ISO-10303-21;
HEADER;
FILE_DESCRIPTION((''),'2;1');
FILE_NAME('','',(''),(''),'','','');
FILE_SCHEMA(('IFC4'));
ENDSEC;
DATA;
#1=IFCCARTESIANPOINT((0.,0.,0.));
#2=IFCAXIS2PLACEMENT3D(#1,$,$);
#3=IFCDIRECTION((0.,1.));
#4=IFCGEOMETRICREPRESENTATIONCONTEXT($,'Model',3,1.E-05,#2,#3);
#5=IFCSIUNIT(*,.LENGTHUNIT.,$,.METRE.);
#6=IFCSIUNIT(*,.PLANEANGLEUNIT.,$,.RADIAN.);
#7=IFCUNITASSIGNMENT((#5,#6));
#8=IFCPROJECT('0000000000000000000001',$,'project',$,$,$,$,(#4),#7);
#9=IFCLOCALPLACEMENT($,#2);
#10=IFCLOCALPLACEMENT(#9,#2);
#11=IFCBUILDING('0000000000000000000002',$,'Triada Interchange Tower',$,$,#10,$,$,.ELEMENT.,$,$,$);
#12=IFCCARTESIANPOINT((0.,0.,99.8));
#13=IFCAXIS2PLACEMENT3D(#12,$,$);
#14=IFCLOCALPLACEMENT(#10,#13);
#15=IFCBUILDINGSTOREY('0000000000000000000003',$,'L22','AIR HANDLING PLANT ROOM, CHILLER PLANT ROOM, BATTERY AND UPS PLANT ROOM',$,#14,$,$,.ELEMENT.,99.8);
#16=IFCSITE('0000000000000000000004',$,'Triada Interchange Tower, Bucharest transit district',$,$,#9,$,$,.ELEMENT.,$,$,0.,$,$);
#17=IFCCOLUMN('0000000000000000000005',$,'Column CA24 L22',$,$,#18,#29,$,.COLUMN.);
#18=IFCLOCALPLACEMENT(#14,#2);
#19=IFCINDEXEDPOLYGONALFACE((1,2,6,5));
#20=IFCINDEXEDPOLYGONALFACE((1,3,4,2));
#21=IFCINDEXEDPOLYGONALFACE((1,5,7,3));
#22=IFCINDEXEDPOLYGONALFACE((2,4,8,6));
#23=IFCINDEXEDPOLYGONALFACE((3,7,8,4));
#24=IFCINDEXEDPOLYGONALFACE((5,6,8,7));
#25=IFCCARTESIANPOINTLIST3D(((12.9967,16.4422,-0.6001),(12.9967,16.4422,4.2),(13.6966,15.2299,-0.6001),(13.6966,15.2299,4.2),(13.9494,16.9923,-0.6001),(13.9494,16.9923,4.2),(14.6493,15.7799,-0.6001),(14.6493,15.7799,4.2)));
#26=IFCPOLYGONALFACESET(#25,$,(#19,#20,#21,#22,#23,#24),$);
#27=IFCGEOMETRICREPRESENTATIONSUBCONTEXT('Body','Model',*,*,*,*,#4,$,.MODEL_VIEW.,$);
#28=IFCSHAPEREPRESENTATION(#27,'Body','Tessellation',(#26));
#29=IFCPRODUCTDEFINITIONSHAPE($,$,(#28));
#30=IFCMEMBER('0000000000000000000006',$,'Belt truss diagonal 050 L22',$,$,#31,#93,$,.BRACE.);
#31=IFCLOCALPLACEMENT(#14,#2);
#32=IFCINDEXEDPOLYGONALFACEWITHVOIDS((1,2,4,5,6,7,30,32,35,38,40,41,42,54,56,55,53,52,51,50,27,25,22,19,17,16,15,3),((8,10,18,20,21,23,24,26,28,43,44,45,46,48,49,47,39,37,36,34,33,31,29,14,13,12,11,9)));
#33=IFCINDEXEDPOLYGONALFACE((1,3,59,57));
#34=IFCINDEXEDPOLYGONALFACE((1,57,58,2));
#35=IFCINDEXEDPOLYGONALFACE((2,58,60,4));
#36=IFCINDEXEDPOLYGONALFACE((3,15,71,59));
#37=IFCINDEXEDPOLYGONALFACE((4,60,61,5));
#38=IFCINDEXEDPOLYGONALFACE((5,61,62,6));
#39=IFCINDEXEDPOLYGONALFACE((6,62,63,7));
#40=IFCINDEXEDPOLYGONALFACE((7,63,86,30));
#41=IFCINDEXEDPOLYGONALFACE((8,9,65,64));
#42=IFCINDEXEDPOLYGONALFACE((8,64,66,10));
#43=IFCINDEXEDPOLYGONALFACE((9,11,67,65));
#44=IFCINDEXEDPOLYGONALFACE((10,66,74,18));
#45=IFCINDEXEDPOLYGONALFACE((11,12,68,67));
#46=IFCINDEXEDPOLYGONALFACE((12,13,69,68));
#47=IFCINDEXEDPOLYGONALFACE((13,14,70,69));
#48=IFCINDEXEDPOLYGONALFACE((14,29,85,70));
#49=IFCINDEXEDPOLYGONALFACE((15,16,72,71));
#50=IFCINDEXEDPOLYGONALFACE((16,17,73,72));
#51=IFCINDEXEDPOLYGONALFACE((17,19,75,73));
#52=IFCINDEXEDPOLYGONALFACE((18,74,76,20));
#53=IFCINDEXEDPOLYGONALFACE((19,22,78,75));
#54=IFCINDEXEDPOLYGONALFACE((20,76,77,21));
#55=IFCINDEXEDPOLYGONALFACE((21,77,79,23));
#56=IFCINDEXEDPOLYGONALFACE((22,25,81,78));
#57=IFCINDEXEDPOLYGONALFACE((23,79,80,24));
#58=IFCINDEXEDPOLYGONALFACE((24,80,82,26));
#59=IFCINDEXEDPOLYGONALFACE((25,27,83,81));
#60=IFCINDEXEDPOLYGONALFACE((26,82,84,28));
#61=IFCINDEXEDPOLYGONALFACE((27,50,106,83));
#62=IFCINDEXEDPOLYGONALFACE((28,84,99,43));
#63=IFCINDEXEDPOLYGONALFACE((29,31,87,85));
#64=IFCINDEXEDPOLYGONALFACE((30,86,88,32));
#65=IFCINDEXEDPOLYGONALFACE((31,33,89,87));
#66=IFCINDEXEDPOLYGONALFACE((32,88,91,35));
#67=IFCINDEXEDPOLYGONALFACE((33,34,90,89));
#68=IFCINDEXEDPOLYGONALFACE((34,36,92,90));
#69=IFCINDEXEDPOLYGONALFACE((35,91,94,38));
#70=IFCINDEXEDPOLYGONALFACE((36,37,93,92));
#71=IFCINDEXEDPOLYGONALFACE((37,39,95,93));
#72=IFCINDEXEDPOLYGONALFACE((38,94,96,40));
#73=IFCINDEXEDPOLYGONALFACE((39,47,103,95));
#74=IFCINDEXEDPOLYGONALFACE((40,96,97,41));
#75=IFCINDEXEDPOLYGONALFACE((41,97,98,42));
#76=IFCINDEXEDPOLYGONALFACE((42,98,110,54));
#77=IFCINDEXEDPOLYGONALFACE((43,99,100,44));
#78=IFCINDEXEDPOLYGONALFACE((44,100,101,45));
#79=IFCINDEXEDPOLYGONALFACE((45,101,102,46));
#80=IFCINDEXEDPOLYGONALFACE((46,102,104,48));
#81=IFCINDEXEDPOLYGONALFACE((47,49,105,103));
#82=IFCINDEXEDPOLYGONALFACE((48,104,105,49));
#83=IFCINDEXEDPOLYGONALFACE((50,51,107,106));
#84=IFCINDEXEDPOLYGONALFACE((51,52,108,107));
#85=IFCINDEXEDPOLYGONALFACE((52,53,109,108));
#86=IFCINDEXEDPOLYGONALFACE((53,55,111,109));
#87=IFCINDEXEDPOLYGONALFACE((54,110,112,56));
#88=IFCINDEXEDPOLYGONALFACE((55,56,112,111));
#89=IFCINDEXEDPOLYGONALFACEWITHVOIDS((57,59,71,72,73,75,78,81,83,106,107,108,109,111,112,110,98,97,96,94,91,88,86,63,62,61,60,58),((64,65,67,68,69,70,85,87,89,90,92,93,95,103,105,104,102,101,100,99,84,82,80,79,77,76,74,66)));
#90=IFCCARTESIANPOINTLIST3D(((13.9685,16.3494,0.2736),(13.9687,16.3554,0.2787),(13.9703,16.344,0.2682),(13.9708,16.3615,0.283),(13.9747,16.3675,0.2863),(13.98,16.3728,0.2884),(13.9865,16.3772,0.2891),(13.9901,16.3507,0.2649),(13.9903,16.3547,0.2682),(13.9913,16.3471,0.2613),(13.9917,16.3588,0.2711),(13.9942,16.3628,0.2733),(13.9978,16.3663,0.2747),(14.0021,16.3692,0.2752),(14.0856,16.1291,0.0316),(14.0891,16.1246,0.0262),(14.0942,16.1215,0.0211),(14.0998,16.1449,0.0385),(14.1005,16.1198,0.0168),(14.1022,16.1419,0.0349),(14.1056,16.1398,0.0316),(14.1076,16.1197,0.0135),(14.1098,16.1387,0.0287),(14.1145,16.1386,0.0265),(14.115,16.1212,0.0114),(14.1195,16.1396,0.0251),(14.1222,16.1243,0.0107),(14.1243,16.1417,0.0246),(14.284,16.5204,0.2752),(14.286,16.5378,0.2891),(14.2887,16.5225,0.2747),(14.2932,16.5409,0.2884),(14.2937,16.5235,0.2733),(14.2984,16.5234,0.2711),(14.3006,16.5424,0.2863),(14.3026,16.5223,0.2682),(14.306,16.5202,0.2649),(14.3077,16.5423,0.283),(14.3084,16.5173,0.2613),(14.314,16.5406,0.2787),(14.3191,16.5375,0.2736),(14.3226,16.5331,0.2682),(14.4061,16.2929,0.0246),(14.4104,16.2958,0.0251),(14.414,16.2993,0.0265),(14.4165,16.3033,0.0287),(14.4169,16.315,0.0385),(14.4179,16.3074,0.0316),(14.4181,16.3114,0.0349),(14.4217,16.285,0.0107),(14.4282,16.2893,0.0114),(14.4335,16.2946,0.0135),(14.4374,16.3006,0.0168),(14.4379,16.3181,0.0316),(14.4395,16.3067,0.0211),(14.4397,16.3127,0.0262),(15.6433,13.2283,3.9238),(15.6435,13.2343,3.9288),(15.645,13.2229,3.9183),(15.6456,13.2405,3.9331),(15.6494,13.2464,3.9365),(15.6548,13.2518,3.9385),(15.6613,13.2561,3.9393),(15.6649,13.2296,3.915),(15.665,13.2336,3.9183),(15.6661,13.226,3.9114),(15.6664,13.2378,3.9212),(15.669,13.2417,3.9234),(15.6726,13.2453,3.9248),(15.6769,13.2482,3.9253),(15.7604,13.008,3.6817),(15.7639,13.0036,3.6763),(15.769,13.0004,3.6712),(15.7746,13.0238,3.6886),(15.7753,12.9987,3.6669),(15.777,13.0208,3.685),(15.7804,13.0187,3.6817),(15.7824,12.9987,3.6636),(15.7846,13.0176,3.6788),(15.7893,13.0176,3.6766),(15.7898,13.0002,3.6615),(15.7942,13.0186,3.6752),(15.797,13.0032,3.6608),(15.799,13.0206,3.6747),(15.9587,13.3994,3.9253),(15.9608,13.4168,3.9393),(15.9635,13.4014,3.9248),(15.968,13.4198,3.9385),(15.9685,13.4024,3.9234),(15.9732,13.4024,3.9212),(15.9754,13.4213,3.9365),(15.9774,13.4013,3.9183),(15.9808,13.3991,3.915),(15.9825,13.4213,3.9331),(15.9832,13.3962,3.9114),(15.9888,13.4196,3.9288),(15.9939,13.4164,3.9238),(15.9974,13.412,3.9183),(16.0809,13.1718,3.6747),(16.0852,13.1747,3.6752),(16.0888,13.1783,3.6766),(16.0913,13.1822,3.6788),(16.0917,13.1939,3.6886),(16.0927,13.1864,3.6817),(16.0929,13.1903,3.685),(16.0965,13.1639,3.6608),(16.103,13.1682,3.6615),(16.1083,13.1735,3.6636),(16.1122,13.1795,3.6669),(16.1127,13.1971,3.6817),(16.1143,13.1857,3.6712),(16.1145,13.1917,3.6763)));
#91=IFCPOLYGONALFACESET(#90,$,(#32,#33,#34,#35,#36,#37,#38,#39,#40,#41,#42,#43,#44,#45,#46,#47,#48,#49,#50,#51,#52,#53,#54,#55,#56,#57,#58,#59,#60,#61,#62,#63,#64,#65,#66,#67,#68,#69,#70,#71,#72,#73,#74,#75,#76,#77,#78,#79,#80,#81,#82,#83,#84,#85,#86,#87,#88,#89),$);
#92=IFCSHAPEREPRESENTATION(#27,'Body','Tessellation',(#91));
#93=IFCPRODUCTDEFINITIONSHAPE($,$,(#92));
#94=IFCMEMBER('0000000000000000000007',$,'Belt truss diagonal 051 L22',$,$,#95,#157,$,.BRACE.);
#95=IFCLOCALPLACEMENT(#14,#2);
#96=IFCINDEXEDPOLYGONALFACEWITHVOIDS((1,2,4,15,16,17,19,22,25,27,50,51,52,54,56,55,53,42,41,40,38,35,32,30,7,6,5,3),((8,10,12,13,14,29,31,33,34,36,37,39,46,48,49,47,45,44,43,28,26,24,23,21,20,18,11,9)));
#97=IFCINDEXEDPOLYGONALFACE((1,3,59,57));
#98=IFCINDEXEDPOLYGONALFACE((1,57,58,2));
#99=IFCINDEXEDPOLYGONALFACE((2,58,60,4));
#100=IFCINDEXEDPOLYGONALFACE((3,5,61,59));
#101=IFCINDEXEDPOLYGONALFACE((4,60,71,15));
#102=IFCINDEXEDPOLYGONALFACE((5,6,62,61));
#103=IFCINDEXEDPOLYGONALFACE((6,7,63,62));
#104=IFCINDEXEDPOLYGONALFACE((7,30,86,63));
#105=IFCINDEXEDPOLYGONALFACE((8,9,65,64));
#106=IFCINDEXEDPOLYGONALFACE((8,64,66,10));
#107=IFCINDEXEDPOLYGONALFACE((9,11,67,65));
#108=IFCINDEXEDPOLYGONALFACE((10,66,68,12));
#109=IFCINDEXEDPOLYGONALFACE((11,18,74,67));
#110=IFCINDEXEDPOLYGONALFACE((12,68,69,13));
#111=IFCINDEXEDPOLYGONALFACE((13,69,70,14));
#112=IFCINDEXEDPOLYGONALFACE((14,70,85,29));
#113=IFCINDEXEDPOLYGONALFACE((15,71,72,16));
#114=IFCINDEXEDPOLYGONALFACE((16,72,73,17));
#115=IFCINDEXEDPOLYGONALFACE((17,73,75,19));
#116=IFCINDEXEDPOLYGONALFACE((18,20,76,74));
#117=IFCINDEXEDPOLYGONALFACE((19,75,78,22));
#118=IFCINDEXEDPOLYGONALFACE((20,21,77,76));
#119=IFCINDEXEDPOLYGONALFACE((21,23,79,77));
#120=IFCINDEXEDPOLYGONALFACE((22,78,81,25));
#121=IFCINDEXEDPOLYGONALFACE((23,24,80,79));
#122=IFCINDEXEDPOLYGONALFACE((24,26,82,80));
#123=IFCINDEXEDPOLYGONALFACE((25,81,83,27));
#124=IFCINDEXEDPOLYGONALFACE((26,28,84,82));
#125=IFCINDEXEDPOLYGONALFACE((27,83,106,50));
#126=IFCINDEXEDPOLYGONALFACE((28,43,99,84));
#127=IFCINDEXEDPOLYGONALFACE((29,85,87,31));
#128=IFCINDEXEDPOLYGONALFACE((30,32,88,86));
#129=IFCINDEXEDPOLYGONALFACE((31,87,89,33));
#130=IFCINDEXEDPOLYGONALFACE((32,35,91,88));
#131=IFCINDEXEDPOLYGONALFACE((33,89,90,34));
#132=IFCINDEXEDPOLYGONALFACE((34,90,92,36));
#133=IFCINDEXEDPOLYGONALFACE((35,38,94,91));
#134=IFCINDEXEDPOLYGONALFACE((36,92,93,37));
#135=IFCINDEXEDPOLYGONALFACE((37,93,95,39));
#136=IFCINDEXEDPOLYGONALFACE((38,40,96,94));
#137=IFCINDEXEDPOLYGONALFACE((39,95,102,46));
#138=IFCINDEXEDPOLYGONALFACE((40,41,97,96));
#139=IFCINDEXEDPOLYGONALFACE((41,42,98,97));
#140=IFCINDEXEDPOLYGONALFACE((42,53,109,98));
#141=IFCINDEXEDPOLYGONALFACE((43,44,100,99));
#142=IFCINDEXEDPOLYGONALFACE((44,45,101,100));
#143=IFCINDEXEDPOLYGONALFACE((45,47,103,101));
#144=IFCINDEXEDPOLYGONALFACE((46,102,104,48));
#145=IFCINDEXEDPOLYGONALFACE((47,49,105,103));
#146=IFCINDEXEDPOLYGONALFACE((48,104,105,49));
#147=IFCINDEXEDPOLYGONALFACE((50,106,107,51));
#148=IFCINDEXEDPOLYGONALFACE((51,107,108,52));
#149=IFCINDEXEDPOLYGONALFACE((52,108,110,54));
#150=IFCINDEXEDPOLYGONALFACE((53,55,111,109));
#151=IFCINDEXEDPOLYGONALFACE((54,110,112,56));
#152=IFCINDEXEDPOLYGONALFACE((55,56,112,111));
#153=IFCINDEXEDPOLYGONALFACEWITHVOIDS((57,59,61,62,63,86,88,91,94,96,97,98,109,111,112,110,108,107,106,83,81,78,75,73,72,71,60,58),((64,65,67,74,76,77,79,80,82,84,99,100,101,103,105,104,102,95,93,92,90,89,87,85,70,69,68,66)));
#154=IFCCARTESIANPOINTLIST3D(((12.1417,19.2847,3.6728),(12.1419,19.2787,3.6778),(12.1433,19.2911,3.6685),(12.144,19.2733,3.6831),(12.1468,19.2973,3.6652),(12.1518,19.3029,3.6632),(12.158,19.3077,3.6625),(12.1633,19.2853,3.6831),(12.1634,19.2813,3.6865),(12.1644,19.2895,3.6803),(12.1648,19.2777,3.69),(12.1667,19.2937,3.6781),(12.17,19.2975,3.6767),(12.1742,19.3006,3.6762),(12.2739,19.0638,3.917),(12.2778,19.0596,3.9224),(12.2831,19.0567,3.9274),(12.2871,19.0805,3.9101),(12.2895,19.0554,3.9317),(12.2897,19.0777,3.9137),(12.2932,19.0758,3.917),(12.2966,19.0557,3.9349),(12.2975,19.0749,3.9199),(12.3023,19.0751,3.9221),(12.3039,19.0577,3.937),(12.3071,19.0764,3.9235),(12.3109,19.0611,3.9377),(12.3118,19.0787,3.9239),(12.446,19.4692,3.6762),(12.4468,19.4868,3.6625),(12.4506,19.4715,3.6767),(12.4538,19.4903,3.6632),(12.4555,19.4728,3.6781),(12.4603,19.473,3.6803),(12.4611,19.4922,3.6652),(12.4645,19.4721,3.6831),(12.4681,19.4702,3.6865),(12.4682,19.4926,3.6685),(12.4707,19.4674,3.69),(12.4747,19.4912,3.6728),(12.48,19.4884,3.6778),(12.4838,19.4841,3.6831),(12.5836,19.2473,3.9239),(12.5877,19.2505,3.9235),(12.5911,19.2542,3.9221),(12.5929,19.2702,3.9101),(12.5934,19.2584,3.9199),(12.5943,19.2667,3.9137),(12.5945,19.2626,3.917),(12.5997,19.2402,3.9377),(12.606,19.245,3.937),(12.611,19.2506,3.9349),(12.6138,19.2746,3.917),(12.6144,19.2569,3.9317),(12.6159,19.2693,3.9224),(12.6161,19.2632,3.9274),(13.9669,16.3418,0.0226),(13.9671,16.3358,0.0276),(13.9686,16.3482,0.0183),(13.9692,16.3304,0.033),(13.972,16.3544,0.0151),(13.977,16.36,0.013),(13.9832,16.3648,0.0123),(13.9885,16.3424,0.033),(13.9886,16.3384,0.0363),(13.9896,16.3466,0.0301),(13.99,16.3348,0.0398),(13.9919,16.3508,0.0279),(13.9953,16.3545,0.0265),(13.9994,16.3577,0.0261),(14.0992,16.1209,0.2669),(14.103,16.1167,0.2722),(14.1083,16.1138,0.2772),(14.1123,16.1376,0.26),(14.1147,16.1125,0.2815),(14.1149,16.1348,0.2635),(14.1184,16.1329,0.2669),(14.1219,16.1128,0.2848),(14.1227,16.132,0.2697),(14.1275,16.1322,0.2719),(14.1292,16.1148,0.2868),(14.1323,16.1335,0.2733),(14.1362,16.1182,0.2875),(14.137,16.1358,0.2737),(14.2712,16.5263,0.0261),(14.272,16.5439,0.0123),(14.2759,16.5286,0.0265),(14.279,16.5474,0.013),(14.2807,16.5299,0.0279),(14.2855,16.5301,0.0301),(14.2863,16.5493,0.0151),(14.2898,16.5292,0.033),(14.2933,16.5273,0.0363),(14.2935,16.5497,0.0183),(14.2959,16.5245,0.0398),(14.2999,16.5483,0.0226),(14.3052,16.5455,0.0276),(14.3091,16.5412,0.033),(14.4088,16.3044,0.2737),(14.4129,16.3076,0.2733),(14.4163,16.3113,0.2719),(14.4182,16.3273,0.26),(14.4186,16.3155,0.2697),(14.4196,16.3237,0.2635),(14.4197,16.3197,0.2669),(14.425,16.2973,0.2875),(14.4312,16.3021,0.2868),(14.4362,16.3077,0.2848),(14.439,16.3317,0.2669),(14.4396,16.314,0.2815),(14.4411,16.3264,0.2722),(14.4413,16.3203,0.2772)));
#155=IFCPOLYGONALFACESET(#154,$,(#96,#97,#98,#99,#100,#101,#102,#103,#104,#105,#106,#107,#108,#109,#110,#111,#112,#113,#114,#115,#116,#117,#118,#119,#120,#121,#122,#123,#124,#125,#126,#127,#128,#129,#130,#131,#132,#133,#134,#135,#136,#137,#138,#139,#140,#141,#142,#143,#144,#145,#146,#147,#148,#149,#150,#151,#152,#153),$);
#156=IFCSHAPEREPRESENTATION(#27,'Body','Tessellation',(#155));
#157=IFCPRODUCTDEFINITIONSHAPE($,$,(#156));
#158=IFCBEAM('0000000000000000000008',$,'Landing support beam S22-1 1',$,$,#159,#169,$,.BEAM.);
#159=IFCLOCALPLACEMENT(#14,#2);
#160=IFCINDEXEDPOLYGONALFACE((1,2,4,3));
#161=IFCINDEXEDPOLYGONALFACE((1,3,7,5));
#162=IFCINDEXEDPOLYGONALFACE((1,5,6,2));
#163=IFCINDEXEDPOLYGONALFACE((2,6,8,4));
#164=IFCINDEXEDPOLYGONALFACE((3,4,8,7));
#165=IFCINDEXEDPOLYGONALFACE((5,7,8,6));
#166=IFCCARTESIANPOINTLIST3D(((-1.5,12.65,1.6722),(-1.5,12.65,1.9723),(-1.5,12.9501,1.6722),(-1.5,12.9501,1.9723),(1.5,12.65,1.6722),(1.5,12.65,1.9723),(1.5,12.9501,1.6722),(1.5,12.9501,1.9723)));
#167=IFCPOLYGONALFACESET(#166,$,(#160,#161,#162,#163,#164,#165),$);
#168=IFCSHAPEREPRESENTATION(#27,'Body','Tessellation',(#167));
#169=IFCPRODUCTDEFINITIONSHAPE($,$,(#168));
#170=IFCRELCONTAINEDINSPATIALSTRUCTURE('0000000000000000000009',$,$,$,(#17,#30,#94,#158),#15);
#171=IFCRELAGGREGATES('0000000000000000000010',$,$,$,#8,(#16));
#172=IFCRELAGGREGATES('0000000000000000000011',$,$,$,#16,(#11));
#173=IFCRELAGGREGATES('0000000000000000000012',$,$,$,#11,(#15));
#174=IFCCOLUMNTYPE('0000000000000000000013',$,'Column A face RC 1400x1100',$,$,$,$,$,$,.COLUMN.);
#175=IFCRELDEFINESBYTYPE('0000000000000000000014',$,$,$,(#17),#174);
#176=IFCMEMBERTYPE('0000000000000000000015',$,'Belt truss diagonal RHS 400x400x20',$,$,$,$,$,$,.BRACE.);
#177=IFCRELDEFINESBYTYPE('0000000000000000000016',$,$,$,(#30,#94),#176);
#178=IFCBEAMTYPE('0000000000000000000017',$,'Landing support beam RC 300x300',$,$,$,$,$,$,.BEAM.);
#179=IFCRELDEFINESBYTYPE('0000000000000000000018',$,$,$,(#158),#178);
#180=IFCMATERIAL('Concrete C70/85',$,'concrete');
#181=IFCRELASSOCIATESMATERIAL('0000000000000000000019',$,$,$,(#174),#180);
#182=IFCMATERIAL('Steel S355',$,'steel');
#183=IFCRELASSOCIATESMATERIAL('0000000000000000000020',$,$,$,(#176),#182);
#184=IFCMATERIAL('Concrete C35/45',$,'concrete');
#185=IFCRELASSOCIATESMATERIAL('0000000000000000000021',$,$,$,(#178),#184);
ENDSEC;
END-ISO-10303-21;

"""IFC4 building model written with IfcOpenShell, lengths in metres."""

from ifc_helpers import new_model, si_unit, direction, frame, origin, origin_2d, place, context, subcontext, project, spatial, rectangle, hollow_rectangle, extrude, material, material_profile, profile_set, type_object, element, save


model = new_model("IFC4")

# Units and contexts
model_context = context("Model", 3, precision=1e-05, world=origin(), true_north=direction((0.0, 1.0)))
body_context = subcontext(model_context, "Body", "Model", "MODEL_VIEW")
ifc_project = project(units=[si_unit("LENGTHUNIT", "METRE"), si_unit("PLANEANGLEUNIT", "RADIAN")], contexts=[model_context])

# Site, building, storey
site_placement = place(None, origin())
site = spatial("IfcSite", under=ifc_project, at=site_placement, Name="Triada Interchange Tower, Bucharest transit district", CompositionType="ELEMENT", RefElevation=0.0)
building_placement = place(site_placement, origin())
building = spatial("IfcBuilding", under=site, at=building_placement, Name="Triada Interchange Tower", CompositionType="ELEMENT")
storey_placement = place(building_placement, frame((0.0, 0.0, 99.8)))
storey = spatial("IfcBuildingStorey", under=building, at=storey_placement, Name="L22", Description="AIR HANDLING PLANT ROOM, CHILLER PLANT ROOM, BATTERY AND UPS PLANT ROOM", CompositionType="ELEMENT", Elevation=99.8)

# Column
ifc_material_1 = material(Name="Concrete C70/85", Category="concrete")
ifc_material_profile_1 = material_profile(ifc_material_1, rectangle(XDim=1.3999, YDim=1.1001, at=origin_2d()), Name="RC 1400x1100")
ifc_profile_set_1 = profile_set([ifc_material_profile_1], Name="Concrete C70/85")
column_type = type_object("IfcColumnType", Name="Column A face RC 1400x1100", PredefinedType="COLUMN", material=ifc_profile_set_1)
column_placement = place(storey_placement, frame((13.823, 16.1111, -0.6001), z_axis=(0.0, 0.0, 1.0), x_axis=(-0.5, 0.866025, 0.0)))
element("IfcColumn", 1, at=column_placement, inside=storey, type_object=column_type, Name="Column CA24 L22", PredefinedType="COLUMN", context=body_context, shape_type="SweptSolid", body=[
    extrude(rectangle(XDim=1.3999, YDim=1.1001, at=origin_2d()), origin(), (0.0, 0.0, 1.0), 4.8),
])

# Members
ifc_material_2 = material(Name="Steel S355", Category="steel")
ifc_material_profile_2 = material_profile(ifc_material_2, hollow_rectangle(XDim=0.3999, YDim=0.3999, WallThickness=0.02, InnerFilletRadius=0.02, OuterFilletRadius=0.03, at=origin_2d()), Name="RHS 400x400x20")
ifc_profile_set_2 = profile_set([ifc_material_profile_2], Name="Steel S355")
member_type_1 = type_object("IfcMemberType", Name="Belt truss diagonal RHS 400x400x20", PredefinedType="BRACE", material=ifc_profile_set_2)
member_1_placement = place(storey_placement, frame((14.2041, 16.3311, 0.1499), z_axis=(0.329282, -0.613636, 0.717652), x_axis=(0.881152, 0.472833, 0.0)))
element("IfcMember", 2, at=member_1_placement, inside=storey, type_object=member_type_1, Name="Belt truss diagonal 050 L22", PredefinedType="BRACE", context=body_context, shape_type="SweptSolid", body=[
    extrude(hollow_rectangle(XDim=0.3999, YDim=0.3999, WallThickness=0.02, InnerFilletRadius=0.02, OuterFilletRadius=0.03, at=origin_2d()), origin(), (0.0, 0.0, 1.0), 5.0862),
])
member_2_placement = place(storey_placement, frame((14.2041, 16.3311, 0.1499), z_axis=(-0.362758, 0.584896, 0.725467), x_axis=(-0.849823, -0.527068, 0.0)))
element("IfcMember", 3, at=member_2_placement, inside=storey, type_object=member_type_1, Name="Belt truss diagonal 051 L22", PredefinedType="BRACE", context=body_context, shape_type="SweptSolid", body=[
    extrude(hollow_rectangle(XDim=0.3999, YDim=0.3999, WallThickness=0.02, InnerFilletRadius=0.02, OuterFilletRadius=0.03, at=origin_2d()), origin(), (0.0, 0.0, 1.0), 5.0315),
])

# Beam
ifc_material_3 = material(Name="Concrete C35/45", Category="concrete")
ifc_material_profile_3 = material_profile(ifc_material_3, rectangle(XDim=0.3, YDim=0.3, at=origin_2d()), Name="RC 300x300")
ifc_profile_set_3 = profile_set([ifc_material_profile_3], Name="Concrete C35/45")
beam_type = type_object("IfcBeamType", Name="Landing support beam RC 300x300", PredefinedType="BEAM", material=ifc_profile_set_3)
beam_placement = place(storey_placement, frame((1.5, 12.8, 1.8223), z_axis=(-1.0, 0.0, 0.0), x_axis=(0.0, -1.0, 0.0)))
element("IfcBeam", 4, at=beam_placement, inside=storey, type_object=beam_type, Name="Landing support beam S22-1 1", PredefinedType="BEAM", context=body_context, shape_type="SweptSolid", body=[
    extrude(rectangle(XDim=0.3, YDim=0.3, at=origin_2d()), origin(), (0.0, 0.0, 1.0), 3.0),
])

save(model, "model.ifc")
